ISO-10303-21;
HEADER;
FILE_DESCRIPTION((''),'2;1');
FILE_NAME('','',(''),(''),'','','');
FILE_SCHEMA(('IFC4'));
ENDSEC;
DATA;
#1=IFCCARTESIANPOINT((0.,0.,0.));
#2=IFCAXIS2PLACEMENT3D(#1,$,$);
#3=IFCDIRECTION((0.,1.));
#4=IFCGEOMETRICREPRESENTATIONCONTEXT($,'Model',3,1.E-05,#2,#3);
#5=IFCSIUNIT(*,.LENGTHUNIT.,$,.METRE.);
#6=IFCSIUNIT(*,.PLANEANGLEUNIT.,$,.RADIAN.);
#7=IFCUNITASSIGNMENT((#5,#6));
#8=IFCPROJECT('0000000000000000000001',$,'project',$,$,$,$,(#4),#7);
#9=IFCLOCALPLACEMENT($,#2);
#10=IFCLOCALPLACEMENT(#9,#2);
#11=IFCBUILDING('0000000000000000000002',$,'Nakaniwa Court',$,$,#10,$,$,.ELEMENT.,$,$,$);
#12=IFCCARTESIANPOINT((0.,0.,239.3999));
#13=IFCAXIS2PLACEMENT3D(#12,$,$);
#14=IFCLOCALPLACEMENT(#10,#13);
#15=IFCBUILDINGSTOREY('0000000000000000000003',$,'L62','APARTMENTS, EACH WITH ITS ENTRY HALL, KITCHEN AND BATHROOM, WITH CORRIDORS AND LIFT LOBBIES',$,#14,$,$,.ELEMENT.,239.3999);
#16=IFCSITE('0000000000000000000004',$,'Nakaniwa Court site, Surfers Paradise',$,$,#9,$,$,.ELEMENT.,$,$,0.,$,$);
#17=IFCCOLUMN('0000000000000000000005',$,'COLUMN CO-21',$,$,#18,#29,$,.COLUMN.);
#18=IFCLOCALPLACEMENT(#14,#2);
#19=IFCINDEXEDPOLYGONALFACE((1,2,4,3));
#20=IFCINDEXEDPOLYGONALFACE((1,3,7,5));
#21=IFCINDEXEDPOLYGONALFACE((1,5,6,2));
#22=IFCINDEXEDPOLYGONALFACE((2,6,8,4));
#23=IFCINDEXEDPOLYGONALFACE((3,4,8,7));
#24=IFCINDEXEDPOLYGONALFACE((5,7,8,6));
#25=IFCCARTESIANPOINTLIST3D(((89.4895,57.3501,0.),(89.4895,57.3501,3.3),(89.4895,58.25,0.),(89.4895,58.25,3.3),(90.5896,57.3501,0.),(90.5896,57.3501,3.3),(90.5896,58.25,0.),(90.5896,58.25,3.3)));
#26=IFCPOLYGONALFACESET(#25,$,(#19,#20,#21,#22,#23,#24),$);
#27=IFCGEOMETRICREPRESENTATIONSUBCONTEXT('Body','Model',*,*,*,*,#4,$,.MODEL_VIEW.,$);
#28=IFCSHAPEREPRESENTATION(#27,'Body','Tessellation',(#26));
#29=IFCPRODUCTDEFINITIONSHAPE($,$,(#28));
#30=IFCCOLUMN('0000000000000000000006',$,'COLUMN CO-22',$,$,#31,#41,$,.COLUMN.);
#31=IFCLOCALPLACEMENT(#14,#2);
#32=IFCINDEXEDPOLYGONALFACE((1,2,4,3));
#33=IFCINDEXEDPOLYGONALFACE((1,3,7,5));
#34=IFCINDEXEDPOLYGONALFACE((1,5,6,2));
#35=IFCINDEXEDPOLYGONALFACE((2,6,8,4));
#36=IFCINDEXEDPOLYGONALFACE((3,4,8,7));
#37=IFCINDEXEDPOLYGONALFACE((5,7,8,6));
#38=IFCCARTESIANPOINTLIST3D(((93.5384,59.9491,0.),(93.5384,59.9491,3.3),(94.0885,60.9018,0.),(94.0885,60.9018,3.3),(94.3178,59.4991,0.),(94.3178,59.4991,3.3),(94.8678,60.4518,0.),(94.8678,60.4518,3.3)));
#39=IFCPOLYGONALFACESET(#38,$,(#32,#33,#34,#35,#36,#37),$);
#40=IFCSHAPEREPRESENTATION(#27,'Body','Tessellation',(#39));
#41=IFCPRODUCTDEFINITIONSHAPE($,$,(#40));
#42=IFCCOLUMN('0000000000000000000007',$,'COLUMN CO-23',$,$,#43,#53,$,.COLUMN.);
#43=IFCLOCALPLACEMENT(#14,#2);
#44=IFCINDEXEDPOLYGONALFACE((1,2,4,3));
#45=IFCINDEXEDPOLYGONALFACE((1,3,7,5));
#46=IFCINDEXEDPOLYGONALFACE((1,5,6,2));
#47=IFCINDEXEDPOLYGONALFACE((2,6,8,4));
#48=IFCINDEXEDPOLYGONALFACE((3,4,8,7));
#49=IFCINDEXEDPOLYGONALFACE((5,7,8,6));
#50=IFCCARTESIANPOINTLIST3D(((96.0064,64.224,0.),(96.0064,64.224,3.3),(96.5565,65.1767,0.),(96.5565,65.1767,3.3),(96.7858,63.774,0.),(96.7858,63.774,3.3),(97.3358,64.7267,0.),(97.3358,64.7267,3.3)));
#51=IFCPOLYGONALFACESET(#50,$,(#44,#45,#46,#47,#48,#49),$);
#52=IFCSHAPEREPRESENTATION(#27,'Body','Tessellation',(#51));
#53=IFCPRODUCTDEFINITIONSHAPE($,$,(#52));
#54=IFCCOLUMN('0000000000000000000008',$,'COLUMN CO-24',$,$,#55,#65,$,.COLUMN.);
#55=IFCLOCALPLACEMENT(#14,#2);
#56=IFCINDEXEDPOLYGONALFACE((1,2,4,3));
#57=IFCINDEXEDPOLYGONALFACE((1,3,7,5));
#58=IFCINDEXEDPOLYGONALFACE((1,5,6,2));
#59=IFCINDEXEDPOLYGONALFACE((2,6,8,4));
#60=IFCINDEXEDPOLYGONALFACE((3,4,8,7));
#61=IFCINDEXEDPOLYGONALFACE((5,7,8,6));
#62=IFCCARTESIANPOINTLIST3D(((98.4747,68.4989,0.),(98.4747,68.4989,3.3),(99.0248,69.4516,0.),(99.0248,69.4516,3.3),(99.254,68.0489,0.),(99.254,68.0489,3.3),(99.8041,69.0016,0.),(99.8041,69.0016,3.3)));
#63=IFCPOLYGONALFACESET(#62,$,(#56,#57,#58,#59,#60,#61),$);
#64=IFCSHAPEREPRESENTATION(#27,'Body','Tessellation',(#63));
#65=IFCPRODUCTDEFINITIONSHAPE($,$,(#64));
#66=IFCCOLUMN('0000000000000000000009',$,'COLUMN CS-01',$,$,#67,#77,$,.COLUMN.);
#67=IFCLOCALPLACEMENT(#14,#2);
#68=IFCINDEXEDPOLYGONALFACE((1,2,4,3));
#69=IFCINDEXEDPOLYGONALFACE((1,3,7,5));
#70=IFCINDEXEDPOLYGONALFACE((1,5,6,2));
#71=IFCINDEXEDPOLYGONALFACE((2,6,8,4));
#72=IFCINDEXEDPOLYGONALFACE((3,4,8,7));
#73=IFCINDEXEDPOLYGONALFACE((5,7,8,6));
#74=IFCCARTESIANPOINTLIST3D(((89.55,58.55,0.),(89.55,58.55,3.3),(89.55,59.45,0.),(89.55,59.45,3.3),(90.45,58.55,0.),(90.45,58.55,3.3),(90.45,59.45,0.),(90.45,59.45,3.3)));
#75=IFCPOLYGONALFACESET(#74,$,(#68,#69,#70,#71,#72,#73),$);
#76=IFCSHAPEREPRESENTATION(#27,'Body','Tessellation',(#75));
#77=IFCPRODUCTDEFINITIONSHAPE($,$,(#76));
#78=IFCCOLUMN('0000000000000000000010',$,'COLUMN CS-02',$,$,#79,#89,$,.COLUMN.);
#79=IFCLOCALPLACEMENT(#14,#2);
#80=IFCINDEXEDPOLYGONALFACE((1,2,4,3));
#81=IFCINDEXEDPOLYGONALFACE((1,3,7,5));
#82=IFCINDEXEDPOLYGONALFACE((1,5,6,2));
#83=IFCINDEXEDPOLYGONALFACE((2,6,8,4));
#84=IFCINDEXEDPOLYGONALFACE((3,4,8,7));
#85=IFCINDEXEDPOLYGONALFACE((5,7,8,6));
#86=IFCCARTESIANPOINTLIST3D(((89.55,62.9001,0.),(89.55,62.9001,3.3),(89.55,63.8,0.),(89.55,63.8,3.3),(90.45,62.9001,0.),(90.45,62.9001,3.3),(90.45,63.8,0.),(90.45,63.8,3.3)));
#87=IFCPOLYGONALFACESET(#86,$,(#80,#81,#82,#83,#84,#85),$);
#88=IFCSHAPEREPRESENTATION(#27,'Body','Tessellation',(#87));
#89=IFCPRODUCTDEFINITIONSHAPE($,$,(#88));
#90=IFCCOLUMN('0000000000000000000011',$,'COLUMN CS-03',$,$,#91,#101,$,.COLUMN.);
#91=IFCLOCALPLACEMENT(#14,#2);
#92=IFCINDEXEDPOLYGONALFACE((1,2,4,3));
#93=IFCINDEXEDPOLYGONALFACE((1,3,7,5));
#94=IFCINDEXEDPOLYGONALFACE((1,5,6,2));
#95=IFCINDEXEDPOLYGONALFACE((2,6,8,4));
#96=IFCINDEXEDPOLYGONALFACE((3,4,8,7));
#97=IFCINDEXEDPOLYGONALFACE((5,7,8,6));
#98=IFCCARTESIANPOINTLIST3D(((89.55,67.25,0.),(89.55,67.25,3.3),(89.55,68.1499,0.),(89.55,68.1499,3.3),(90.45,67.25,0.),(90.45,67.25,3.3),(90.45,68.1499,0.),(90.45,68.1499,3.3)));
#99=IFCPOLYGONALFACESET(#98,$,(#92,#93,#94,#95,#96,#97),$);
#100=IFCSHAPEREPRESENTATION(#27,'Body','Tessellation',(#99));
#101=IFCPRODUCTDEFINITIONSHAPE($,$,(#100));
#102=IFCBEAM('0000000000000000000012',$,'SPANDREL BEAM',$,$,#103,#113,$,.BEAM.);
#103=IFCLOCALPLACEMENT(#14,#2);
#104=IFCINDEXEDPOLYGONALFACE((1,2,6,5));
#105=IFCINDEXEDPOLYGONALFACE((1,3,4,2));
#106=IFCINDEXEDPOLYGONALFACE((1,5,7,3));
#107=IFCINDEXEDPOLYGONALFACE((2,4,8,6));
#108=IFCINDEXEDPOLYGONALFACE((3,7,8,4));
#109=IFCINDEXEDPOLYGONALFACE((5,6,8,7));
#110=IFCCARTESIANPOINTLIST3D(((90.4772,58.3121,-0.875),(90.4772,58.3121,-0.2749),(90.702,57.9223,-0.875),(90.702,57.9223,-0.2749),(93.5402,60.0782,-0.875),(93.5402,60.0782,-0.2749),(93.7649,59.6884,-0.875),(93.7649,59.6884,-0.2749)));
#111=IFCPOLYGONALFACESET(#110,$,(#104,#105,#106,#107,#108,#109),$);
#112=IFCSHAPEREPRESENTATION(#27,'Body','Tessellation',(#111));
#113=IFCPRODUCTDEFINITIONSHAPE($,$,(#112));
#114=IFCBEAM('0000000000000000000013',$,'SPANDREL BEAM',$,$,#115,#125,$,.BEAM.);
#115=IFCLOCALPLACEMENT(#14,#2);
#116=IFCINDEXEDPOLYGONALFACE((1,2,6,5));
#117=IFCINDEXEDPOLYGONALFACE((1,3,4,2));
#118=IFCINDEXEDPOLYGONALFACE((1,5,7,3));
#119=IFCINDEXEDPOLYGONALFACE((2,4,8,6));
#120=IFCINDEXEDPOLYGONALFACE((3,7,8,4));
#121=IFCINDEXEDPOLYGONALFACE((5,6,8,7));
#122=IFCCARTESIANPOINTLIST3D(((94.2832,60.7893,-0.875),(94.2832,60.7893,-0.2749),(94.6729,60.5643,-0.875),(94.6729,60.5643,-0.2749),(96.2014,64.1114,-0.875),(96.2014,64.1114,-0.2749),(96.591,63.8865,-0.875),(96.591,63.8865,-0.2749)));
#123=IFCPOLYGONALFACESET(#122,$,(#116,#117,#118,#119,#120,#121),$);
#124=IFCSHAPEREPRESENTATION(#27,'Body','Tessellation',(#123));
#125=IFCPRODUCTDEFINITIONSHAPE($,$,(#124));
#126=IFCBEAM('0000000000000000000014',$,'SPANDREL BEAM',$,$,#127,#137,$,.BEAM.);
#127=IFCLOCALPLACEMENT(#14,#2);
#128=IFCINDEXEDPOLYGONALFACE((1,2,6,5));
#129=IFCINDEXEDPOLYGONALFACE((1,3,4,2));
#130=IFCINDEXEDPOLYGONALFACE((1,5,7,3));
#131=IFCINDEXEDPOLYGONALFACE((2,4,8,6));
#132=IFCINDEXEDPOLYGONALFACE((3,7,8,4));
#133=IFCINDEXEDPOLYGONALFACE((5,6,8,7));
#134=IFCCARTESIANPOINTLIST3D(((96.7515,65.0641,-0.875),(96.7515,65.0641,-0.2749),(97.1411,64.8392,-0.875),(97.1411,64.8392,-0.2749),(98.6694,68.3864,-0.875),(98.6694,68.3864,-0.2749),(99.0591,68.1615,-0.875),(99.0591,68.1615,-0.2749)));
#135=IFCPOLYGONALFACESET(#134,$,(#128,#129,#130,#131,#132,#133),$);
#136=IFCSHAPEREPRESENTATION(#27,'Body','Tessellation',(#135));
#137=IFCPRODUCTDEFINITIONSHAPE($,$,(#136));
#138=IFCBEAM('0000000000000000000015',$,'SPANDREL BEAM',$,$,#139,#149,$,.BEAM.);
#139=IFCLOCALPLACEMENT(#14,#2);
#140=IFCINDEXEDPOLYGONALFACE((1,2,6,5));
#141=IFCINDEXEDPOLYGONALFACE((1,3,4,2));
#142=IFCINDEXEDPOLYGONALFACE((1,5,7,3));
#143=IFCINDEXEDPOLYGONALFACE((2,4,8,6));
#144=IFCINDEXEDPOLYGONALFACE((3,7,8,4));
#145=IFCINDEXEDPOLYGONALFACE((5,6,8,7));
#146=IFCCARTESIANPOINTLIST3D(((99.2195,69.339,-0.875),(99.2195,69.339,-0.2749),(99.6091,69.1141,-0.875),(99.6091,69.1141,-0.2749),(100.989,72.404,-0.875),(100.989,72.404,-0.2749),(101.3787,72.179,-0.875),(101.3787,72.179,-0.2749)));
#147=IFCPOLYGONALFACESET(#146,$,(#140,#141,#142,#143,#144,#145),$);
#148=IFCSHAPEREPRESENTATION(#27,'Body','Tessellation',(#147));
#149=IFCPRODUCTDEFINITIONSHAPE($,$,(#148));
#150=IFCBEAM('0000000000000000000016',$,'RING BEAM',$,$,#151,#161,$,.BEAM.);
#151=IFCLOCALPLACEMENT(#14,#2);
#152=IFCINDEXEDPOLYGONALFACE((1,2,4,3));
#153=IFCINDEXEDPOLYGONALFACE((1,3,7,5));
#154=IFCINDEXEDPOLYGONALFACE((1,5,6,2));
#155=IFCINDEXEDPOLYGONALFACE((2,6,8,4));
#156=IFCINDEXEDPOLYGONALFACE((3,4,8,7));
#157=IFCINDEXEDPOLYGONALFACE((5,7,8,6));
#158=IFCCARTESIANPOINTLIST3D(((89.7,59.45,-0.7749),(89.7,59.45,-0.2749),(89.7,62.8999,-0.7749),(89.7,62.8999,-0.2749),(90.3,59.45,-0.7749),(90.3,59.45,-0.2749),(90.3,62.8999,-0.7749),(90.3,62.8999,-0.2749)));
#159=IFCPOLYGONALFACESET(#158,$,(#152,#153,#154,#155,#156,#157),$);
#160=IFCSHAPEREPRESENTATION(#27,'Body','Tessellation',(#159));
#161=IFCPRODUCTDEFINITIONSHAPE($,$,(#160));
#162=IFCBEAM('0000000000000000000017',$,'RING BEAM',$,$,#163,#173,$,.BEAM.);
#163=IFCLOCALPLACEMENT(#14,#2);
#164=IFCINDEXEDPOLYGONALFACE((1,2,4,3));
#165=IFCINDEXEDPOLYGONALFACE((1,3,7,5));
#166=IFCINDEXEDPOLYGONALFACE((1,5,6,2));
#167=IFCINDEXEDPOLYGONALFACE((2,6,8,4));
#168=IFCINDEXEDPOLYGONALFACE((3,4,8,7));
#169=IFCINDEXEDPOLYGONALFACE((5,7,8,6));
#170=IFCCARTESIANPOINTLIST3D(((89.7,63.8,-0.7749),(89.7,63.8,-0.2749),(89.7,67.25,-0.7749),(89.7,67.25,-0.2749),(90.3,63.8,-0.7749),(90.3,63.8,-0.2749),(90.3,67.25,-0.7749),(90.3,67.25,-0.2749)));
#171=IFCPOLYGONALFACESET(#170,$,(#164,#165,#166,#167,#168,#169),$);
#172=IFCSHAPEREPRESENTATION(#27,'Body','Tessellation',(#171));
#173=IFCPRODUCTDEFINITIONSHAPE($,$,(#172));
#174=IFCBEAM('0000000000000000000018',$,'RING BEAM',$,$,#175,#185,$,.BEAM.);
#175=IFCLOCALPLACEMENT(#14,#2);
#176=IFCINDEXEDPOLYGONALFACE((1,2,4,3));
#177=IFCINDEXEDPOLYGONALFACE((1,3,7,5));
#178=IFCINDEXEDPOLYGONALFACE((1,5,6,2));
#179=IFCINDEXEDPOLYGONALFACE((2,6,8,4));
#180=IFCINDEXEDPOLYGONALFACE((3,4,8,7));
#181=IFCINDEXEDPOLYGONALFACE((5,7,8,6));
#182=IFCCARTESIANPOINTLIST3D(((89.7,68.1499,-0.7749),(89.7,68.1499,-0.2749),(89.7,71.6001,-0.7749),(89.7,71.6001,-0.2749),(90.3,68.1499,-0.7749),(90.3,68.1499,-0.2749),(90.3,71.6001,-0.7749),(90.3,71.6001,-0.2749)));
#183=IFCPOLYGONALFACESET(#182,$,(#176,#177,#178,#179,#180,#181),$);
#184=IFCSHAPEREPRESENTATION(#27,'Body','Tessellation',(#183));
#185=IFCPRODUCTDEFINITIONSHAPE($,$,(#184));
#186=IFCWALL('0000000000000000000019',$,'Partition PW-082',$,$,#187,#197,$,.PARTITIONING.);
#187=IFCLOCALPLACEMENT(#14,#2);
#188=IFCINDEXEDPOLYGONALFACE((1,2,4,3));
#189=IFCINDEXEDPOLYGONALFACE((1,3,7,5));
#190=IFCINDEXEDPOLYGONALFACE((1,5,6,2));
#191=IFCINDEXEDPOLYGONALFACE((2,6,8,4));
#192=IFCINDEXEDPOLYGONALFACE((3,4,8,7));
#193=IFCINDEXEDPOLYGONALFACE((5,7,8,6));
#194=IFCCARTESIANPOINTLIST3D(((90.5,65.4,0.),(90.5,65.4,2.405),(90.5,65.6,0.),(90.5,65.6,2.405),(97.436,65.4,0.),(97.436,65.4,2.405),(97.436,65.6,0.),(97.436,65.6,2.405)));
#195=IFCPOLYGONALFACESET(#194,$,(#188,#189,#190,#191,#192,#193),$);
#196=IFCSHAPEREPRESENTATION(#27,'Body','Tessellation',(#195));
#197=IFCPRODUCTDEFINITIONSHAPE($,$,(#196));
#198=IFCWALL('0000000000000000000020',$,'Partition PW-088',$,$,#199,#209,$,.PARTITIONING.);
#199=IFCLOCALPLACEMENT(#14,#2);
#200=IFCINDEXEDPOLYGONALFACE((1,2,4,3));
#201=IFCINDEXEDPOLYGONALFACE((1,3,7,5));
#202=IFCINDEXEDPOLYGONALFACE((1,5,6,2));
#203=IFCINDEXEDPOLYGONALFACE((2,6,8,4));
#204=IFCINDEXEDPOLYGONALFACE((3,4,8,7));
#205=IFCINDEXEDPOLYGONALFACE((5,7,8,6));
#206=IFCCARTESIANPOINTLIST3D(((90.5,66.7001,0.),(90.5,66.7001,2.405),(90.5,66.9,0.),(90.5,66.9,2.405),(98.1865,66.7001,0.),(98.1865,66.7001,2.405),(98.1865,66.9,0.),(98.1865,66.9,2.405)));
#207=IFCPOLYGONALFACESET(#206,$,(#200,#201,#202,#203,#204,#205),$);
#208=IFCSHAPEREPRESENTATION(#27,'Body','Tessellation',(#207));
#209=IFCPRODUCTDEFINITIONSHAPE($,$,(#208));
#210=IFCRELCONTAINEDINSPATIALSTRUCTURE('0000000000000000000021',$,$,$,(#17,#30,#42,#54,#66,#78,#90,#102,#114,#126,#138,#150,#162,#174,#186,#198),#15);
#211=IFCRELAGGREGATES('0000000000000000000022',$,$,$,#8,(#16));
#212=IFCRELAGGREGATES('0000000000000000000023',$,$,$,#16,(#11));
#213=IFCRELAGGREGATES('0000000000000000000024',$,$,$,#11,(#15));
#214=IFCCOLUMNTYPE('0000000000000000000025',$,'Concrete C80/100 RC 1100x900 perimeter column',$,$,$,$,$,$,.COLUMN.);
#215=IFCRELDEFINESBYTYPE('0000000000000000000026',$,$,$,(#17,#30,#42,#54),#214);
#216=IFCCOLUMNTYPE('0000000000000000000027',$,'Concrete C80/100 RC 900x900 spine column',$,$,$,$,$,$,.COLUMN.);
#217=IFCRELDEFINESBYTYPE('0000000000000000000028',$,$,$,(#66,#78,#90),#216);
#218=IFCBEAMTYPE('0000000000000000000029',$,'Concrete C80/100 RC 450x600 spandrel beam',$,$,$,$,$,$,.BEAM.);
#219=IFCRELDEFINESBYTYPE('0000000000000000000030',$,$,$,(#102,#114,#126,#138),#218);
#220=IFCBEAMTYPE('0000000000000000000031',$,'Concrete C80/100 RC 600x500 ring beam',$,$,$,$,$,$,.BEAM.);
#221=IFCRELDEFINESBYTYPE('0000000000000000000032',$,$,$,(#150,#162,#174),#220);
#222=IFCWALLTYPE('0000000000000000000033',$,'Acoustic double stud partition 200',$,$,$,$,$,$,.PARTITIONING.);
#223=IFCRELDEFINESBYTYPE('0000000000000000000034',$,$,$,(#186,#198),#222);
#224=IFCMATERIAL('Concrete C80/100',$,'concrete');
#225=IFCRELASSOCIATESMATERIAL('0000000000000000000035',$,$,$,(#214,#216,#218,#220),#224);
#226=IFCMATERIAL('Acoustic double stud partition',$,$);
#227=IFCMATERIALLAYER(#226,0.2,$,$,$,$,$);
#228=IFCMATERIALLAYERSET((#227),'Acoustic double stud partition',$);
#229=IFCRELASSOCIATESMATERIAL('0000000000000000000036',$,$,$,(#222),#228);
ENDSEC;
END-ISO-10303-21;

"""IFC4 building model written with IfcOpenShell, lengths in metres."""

from ifc_helpers import new_model, si_unit, direction, frame, frame_2d, origin, origin_2d, place, context, subcontext, project, spatial, rectangle, extrude, material, layer, layer_set, material_profile, profile_set, type_object, element, save


model = new_model("IFC4")

# Units and contexts
model_context = context("Model", 3, precision=1e-05, world=origin(), true_north=direction((0.0, 1.0)))
body_context = subcontext(model_context, "Body", "Model", "MODEL_VIEW")
ifc_project = project(units=[si_unit("LENGTHUNIT", "METRE"), si_unit("PLANEANGLEUNIT", "RADIAN")], contexts=[model_context])

# Site, building, storey
site_placement = place(None, origin())
site = spatial("IfcSite", under=ifc_project, at=site_placement, Name="Nakaniwa Court site, Surfers Paradise", CompositionType="ELEMENT", RefElevation=0.0)
building_placement = place(site_placement, origin())
building = spatial("IfcBuilding", under=site, at=building_placement, Name="Nakaniwa Court", CompositionType="ELEMENT")
storey_placement = place(building_placement, frame((0.0, 0.0, 239.3999)))
storey = spatial("IfcBuildingStorey", under=building, at=storey_placement, Name="L62", Description="APARTMENTS, EACH WITH ITS ENTRY HALL, KITCHEN AND BATHROOM, WITH CORRIDORS AND LIFT LOBBIES", CompositionType="ELEMENT", Elevation=239.3999)

# Columns
ifc_material_1 = material(Name="Concrete C80/100", Category="concrete")
ifc_material_profile_1 = material_profile(ifc_material_1, rectangle(XDim=1.1001, YDim=0.8999, at=origin_2d()), Name="Concrete C80/100 RC 1100x900 perimeter column")
ifc_profile_set_1 = profile_set([ifc_material_profile_1], Name="Concrete C80/100")
column_type_1 = type_object("IfcColumnType", Name="Concrete C80/100 RC 1100x900 perimeter column", PredefinedType="COLUMN", material=ifc_profile_set_1)
for number, where, z_axis, x_axis, name in (
    (1, (90.0396, 57.8, 0.0), (0.0, 0.0, 1.0), (1.0, 0.0, 0.0), "COLUMN CO-21"),
    (2, (94.2031, 60.2004, 0.0), (0.0, 0.0, 1.0), (0.5, 0.866025, 0.0), "COLUMN CO-22"),
    (3, (96.6711, 64.4753, 0.0), (0.0, 0.0, 1.0), (0.5, 0.866025, 0.0), "COLUMN CO-23"),
    (4, (99.1394, 68.7502, 0.0), (0.0, 0.0, 1.0), (0.5, 0.866025, 0.0), "COLUMN CO-24"),
):
    element("IfcColumn", number, at=place(storey_placement, frame(where, z_axis=z_axis, x_axis=x_axis)), inside=storey, type_object=column_type_1, Name=name, PredefinedType="COLUMN", context=body_context, shape_type="SweptSolid", body=[
        extrude(rectangle(XDim=1.1001, YDim=0.8999, at=origin_2d()), origin(), (0.0, 0.0, 1.0), 3.3),
    ])
ifc_material_profile_2 = material_profile(ifc_material_1, rectangle(XDim=0.8999, YDim=0.8999, at=origin_2d()), Name="Concrete C80/100 RC 900x900 spine column")
ifc_profile_set_2 = profile_set([ifc_material_profile_2], Name="Concrete C80/100")
column_type_2 = type_object("IfcColumnType", Name="Concrete C80/100 RC 900x900 spine column", PredefinedType="COLUMN", material=ifc_profile_set_2)
for number, where, z_axis, x_axis, name in (
    (5, (90.0, 59.0, 0.0), (0.0, 0.0, 1.0), (0.0, 1.0, 0.0), "COLUMN CS-01"),
    (6, (90.0, 63.3501, 0.0), (0.0, 0.0, 1.0), (0.0, 1.0, 0.0), "COLUMN CS-02"),
    (7, (90.0, 67.7, 0.0), (0.0, 0.0, 1.0), (0.0, 1.0, 0.0), "COLUMN CS-03"),
):
    element("IfcColumn", number, at=place(storey_placement, frame(where, z_axis=z_axis, x_axis=x_axis)), inside=storey, type_object=column_type_2, Name=name, PredefinedType="COLUMN", context=body_context, shape_type="SweptSolid", body=[
        extrude(rectangle(XDim=0.8999, YDim=0.8999, at=origin_2d()), origin(), (0.0, 0.0, 1.0), 3.3),
    ])

# Beams
ifc_material_profile_3 = material_profile(ifc_material_1, rectangle(XDim=0.45, YDim=0.6001, at=origin_2d()), Name="Concrete C80/100 RC 450x600 spandrel beam")
ifc_profile_set_3 = profile_set([ifc_material_profile_3], Name="Concrete C80/100")
beam_type_1 = type_object("IfcBeamType", Name="Concrete C80/100 RC 450x600 spandrel beam", PredefinedType="BEAM", material=ifc_profile_set_3)
beam_1_placement = place(storey_placement, frame((90.5896, 58.1172, -0.575), z_axis=(0.866307, 0.499511, 0.0), x_axis=(-0.499511, 0.866307, 0.0)))
element("IfcBeam", 8, at=beam_1_placement, inside=storey, type_object=beam_type_1, Name="SPANDREL BEAM", PredefinedType="BEAM", context=body_context, shape_type="SweptSolid", body=[
    extrude(rectangle(XDim=0.45, YDim=0.6001, at=origin_2d()), origin(), (0.0, 0.0, 1.0), 3.5356),
])
for number, where, z_axis, x_axis, name in (
    (9, (94.478, 60.6768, -0.575), (0.50002, 0.866014, 0.0), (-0.866014, 0.50002, 0.0), "SPANDREL BEAM"),
    (10, (96.9463, 64.9517, -0.575), (0.499972, 0.866041, 0.0), (-0.866041, 0.499972, 0.0), "SPANDREL BEAM"),
):
    element("IfcBeam", number, at=place(storey_placement, frame(where, z_axis=z_axis, x_axis=x_axis)), inside=storey, type_object=beam_type_1, Name=name, PredefinedType="BEAM", context=body_context, shape_type="SweptSolid", body=[
        extrude(rectangle(XDim=0.45, YDim=0.6001, at=origin_2d()), origin(), (0.0, 0.0, 1.0), 3.8362),
    ])
beam_2_placement = place(storey_placement, frame((99.4143, 69.2266, -0.575), z_axis=(0.499997, 0.866027, 0.0), x_axis=(-0.866027, 0.499997, 0.0)))
element("IfcBeam", 11, at=beam_2_placement, inside=storey, type_object=beam_type_1, Name="SPANDREL BEAM", PredefinedType="BEAM", context=body_context, shape_type="SweptSolid", body=[
    extrude(rectangle(XDim=0.45, YDim=0.6001, at=origin_2d()), origin(), (0.0, 0.0, 1.0), 3.5391),
])
ifc_material_profile_4 = material_profile(ifc_material_1, rectangle(XDim=0.6001, YDim=0.5, at=origin_2d()), Name="Concrete C80/100 RC 600x500 ring beam")
ifc_profile_set_4 = profile_set([ifc_material_profile_4], Name="Concrete C80/100")
beam_type_2 = type_object("IfcBeamType", Name="Concrete C80/100 RC 600x500 ring beam", PredefinedType="BEAM", material=ifc_profile_set_4)
for number, where, z_axis, x_axis, name in (
    (12, (90.0, 59.45, -0.5249), (0.0, 1.0, 0.0), (-1.0, 0.0, 0.0), "RING BEAM"),
    (13, (90.0, 63.8, -0.5249), (0.0, 1.0, 0.0), (-1.0, 0.0, 0.0), "RING BEAM"),
):
    element("IfcBeam", number, at=place(storey_placement, frame(where, z_axis=z_axis, x_axis=x_axis)), inside=storey, type_object=beam_type_2, Name=name, PredefinedType="BEAM", context=body_context, shape_type="SweptSolid", body=[
        extrude(rectangle(XDim=0.6001, YDim=0.5, at=origin_2d()), origin(), (0.0, 0.0, 1.0), 3.45),
    ])
beam_3_placement = place(storey_placement, frame((90.0, 68.1499, -0.5249), z_axis=(0.0, 1.0, 0.0), x_axis=(-1.0, 0.0, 0.0)))
element("IfcBeam", 14, at=beam_3_placement, inside=storey, type_object=beam_type_2, Name="RING BEAM", PredefinedType="BEAM", context=body_context, shape_type="SweptSolid", body=[
    extrude(rectangle(XDim=0.6001, YDim=0.5, at=origin_2d()), origin(), (0.0, 0.0, 1.0), 3.4502),
])

# Walls
ifc_material_2 = material(Name="Acoustic double stud partition")
ifc_layer_1 = layer(ifc_material_2, 0.2)
ifc_layer_set_1 = layer_set([ifc_layer_1], Name="Acoustic double stud partition")
wall_type_1 = type_object("IfcWallType", Name="Acoustic double stud partition 200", PredefinedType="PARTITIONING", material=ifc_layer_set_1)
wall_1_placement = place(storey_placement, frame((90.5, 65.5, 0.0), z_axis=(0.0, 0.0, 1.0), x_axis=(1.0, 0.0, 0.0)))
element("IfcWall", 15, at=wall_1_placement, inside=storey, type_object=wall_type_1, Name="Partition PW-082", PredefinedType="PARTITIONING", context=body_context, shape_type="SweptSolid", body=[
    extrude(rectangle(XDim=6.936, YDim=0.2, at=frame_2d((3.468, 0.0))), origin(), (0.0, 0.0, 1.0), 2.405),
])
wall_2_placement = place(storey_placement, frame((90.5, 66.8, 0.0), z_axis=(0.0, 0.0, 1.0), x_axis=(1.0, 0.0, 0.0)))
element("IfcWall", 16, at=wall_2_placement, inside=storey, type_object=wall_type_1, Name="Partition PW-088", PredefinedType="PARTITIONING", context=body_context, shape_type="SweptSolid", body=[
    extrude(rectangle(XDim=7.6865, YDim=0.2, at=frame_2d((3.8433, 0.0))), origin(), (0.0, 0.0, 1.0), 2.405),
])

save(model, "model.ifc")
